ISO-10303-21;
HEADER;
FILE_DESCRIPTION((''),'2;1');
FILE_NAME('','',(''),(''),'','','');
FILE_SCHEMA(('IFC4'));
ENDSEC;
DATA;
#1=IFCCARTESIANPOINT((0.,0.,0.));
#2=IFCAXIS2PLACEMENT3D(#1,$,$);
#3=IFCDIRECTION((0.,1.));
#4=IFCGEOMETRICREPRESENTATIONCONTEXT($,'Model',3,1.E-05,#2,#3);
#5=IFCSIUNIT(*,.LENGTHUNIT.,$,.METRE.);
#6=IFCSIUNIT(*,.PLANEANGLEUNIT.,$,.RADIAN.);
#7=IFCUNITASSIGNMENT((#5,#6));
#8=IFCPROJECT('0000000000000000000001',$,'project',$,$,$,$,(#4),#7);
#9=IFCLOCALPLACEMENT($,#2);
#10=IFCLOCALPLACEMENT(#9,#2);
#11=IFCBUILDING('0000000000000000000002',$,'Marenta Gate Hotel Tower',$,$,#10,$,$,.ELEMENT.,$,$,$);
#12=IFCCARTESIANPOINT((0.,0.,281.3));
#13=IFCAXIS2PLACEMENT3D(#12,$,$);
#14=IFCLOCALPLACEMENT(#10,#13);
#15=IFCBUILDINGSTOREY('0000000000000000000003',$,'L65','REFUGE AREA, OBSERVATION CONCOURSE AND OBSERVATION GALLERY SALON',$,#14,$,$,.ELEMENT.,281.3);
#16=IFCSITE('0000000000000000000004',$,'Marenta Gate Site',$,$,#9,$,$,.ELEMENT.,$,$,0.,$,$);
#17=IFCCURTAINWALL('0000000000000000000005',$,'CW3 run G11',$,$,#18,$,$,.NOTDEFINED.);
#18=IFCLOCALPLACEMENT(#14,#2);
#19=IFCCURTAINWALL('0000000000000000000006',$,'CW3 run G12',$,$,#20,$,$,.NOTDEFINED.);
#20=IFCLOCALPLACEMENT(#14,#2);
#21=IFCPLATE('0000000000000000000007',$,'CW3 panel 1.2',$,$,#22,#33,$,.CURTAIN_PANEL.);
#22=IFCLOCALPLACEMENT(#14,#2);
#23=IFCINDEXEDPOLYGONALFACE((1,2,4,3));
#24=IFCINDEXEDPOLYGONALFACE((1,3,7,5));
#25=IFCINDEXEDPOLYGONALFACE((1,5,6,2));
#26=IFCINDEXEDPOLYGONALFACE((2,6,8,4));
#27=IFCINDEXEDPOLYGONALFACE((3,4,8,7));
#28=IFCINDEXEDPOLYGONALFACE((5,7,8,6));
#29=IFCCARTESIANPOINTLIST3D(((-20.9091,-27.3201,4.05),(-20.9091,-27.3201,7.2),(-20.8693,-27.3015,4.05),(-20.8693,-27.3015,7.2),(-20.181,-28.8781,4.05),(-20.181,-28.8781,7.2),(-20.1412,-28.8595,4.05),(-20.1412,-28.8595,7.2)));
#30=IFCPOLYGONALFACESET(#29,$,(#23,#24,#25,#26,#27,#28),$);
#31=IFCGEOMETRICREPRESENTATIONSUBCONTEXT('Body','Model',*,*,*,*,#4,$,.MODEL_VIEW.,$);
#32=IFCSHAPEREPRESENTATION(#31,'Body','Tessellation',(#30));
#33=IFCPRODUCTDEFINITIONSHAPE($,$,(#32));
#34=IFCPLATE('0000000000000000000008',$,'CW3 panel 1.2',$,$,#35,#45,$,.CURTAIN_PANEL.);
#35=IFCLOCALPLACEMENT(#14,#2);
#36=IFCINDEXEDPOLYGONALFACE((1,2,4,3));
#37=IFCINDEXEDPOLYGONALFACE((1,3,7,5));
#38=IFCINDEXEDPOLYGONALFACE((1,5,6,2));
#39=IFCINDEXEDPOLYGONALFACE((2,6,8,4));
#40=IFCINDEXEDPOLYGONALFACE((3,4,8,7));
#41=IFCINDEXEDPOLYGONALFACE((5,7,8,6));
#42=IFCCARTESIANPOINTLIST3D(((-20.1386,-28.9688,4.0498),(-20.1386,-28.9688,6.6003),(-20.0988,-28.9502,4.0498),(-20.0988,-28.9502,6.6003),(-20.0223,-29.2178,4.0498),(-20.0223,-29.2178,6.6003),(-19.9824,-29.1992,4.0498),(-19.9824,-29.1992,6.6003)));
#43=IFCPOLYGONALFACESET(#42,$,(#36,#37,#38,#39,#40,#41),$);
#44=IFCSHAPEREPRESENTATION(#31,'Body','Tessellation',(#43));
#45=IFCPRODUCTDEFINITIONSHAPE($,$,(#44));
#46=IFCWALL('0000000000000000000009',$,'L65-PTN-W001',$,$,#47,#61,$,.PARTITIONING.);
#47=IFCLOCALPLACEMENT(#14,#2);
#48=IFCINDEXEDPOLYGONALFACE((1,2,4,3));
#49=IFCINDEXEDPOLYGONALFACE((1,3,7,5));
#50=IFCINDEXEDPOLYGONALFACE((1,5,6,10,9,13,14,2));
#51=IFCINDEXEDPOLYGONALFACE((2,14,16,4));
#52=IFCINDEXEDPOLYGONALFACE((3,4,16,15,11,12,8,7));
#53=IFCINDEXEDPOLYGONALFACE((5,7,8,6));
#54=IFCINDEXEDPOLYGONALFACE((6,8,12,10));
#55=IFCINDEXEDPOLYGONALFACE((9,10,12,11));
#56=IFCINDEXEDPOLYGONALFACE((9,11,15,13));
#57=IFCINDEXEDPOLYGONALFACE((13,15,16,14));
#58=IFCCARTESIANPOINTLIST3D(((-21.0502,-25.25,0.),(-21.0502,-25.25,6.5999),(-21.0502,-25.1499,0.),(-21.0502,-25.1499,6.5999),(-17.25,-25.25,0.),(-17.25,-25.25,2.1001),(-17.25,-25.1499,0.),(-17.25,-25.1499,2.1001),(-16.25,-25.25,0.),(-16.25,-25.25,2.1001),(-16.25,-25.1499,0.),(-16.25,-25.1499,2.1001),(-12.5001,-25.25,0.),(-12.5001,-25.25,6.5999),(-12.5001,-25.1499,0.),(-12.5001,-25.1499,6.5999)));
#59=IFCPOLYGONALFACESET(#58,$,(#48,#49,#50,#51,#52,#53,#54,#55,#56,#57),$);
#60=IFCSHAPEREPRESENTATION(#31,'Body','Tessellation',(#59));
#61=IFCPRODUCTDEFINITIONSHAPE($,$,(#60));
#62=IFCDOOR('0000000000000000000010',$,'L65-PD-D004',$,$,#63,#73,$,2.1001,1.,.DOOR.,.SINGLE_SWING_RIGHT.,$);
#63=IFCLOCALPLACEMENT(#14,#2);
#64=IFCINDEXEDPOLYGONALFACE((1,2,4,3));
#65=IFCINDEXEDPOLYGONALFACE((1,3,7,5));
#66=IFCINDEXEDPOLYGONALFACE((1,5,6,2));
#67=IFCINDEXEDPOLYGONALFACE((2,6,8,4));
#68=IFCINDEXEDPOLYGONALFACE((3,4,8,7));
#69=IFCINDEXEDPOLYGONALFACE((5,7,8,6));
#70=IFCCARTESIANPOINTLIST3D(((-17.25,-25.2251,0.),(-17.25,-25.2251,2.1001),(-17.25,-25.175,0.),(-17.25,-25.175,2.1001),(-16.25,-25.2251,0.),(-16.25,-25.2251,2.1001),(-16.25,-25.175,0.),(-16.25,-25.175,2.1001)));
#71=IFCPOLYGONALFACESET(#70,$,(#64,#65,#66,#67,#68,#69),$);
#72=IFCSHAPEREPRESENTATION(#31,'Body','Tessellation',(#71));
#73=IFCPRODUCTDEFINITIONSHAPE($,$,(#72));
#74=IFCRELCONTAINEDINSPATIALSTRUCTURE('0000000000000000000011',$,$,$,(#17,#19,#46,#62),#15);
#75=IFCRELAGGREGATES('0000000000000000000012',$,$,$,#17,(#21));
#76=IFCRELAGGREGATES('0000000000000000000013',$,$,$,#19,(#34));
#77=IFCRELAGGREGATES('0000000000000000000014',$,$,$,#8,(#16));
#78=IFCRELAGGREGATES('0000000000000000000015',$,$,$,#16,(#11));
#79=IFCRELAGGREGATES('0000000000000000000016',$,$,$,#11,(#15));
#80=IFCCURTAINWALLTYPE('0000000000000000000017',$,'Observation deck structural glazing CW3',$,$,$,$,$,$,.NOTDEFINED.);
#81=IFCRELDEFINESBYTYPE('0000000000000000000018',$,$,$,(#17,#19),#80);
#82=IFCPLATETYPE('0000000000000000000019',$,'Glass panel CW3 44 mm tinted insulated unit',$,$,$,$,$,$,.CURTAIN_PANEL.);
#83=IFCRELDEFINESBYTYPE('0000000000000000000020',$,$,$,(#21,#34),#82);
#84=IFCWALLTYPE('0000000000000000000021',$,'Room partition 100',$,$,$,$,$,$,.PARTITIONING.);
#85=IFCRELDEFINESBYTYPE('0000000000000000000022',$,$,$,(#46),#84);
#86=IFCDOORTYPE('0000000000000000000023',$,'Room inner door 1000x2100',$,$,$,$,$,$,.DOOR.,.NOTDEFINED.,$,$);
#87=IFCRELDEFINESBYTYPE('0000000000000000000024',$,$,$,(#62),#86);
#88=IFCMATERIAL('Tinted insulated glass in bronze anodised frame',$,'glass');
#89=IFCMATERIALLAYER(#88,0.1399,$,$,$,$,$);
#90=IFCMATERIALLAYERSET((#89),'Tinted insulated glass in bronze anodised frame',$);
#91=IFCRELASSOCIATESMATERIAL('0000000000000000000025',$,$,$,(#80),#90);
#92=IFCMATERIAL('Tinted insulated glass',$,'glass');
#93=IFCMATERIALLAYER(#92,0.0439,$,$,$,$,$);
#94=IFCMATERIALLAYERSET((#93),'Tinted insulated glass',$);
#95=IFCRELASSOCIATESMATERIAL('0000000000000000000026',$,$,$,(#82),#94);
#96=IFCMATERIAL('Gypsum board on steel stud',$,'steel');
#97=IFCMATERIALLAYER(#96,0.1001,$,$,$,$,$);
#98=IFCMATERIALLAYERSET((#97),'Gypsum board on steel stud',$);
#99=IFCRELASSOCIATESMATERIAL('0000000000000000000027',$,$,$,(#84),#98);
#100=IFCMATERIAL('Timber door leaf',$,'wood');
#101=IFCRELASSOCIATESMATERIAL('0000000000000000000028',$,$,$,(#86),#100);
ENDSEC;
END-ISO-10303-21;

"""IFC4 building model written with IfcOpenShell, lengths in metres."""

from ifc_helpers import new_model, si_unit, direction, frame, frame_2d, origin, origin_2d, place, context, subcontext, project, spatial, rectangle, extrude, material, layer, layer_set, type_object, element, fill, aggregate, save


model = new_model("IFC4")

# Units and contexts
model_context = context("Model", 3, precision=1e-05, world=origin(), true_north=direction((0.0, 1.0)))
body_context = subcontext(model_context, "Body", "Model", "MODEL_VIEW")
ifc_project = project(units=[si_unit("LENGTHUNIT", "METRE"), si_unit("PLANEANGLEUNIT", "RADIAN")], contexts=[model_context])

# Site, building, storey
site_placement = place(None, origin())
site = spatial("IfcSite", under=ifc_project, at=site_placement, Name="Marenta Gate Site", CompositionType="ELEMENT", RefElevation=0.0)
building_placement = place(site_placement, origin())
building = spatial("IfcBuilding", under=site, at=building_placement, Name="Marenta Gate Hotel Tower", CompositionType="ELEMENT")
storey_placement = place(building_placement, frame((0.0, 0.0, 281.3)))
storey = spatial("IfcBuildingStorey", under=building, at=storey_placement, Name="L65", Description="REFUGE AREA, OBSERVATION CONCOURSE AND OBSERVATION GALLERY SALON", CompositionType="ELEMENT", Elevation=281.3)

# Shared definitions
ifc_material_1 = material(Name="Tinted insulated glass in bronze anodised frame", Category="glass")
ifc_layer_1 = layer(ifc_material_1, 0.1399)
ifc_layer_set_1 = layer_set([ifc_layer_1], Name="Tinted insulated glass in bronze anodised frame")
curtain_wall_type = type_object("IfcCurtainWallType", Name="Observation deck structural glazing CW3", PredefinedType="NOTDEFINED", material=ifc_layer_set_1)

# Curtain walls
curtain_wall_1_placement = place(storey_placement, origin())
curtain_wall_1 = element("IfcCurtainWall", 1, at=curtain_wall_1_placement, inside=storey, type_object=curtain_wall_type, Name="CW3 run G11", PredefinedType="NOTDEFINED")
curtain_wall_2_placement = place(storey_placement, origin())
curtain_wall_2 = element("IfcCurtainWall", 2, at=curtain_wall_2_placement, inside=storey, type_object=curtain_wall_type, Name="CW3 run G12", PredefinedType="NOTDEFINED")

# Plates
ifc_material_2 = material(Name="Tinted insulated glass", Category="glass")
ifc_layer_2 = layer(ifc_material_2, 0.0439)
ifc_layer_set_2 = layer_set([ifc_layer_2], Name="Tinted insulated glass")
plate_type = type_object("IfcPlateType", Name="Glass panel CW3 44 mm tinted insulated unit", PredefinedType="CURTAIN_PANEL", material=ifc_layer_set_2)
plate_1_placement = place(storey_placement, frame((-20.5251, -28.0898, 4.05), z_axis=(0.0, 0.0, 1.0), x_axis=(0.423361, -0.905961, 0.0)))
plate_1 = element("IfcPlate", 3, at=plate_1_placement, type_object=plate_type, Name="CW3 panel 1.2", PredefinedType="CURTAIN_PANEL", context=body_context, shape_type="SweptSolid", body=[
    extrude(rectangle(XDim=1.7197, YDim=0.0439, at=origin_2d()), origin(), (0.0, 0.0, 1.0), 3.1499),
])
aggregate(curtain_wall_1, [plate_1])
plate_2_placement = place(storey_placement, frame((-20.0605, -29.084, 4.0498), z_axis=(0.0, 0.0, 1.0), x_axis=(0.423393, -0.905946, 0.0)))
plate_2 = element("IfcPlate", 4, at=plate_2_placement, type_object=plate_type, Name="CW3 panel 1.2", PredefinedType="CURTAIN_PANEL", context=body_context, shape_type="SweptSolid", body=[
    extrude(rectangle(XDim=0.2749, YDim=0.0439, at=origin_2d()), origin(), (0.0, 0.0, 1.0), 2.5505),
])
aggregate(curtain_wall_2, [plate_2])

# Wall, opening, door
ifc_material_3 = material(Name="Gypsum board on steel stud", Category="steel")
ifc_layer_3 = layer(ifc_material_3, 0.1001)
ifc_layer_set_3 = layer_set([ifc_layer_3], Name="Gypsum board on steel stud")
wall_type_1 = type_object("IfcWallType", Name="Room partition 100", PredefinedType="PARTITIONING", material=ifc_layer_set_3)
wall_1_placement = place(storey_placement, frame((-21.05, -25.2, 0.0), z_axis=(0.0, 0.0, 1.0), x_axis=(1.0, 0.0, 0.0)))
wall_1 = element("IfcWall", 5, at=wall_1_placement, inside=storey, type_object=wall_type_1, Name="L65-PTN-W001", PredefinedType="PARTITIONING", context=body_context, shape_type="SweptSolid", body=[
    extrude(rectangle(XDim=8.55, YDim=0.1001, at=frame_2d((4.2749, 0.0))), origin(), (0.0, 0.0, 1.0), 6.5999),
])
opening_1_placement = place(wall_1_placement, frame((3.8, 0.0, 0.0)))
opening_1 = element("IfcOpeningElement", 6, at=opening_1_placement, cuts=wall_1, PredefinedType="OPENING", context=body_context, shape_type="SweptSolid", body=[
    extrude(rectangle(XDim=1.0, YDim=2.1001, at=frame_2d((0.5, 1.05))), frame((0.0, 0.05, 0.0), z_axis=(0.0, -1.0, 0.0), x_axis=(1.0, 0.0, 0.0)), (0.0, 0.0, 1.0), 0.1001),
])
ifc_material_4 = material(Name="Timber door leaf", Category="wood")
door_type_1 = type_object("IfcDoorType", Name="Room inner door 1000x2100", OperationType="NOTDEFINED", PredefinedType="DOOR", material=ifc_material_4)
door_1_placement = place(opening_1_placement, origin())
door_1 = element("IfcDoor", 7, at=door_1_placement, inside=storey, type_object=door_type_1, Name="L65-PD-D004", OperationType="SINGLE_SWING_RIGHT", OverallHeight=2.1001, OverallWidth=1.0, PredefinedType="DOOR", context=body_context, shape_type="SweptSolid", body=[
    extrude(rectangle(XDim=1.0, YDim=2.1001, at=frame_2d((0.5, 1.05))), frame((0.0, 0.0249, 0.0), z_axis=(0.0, -1.0, 0.0), x_axis=(1.0, 0.0, 0.0)), (0.0, 0.0, 1.0), 0.05),
])
fill(opening_1, door_1)

save(model, "model.ifc")
